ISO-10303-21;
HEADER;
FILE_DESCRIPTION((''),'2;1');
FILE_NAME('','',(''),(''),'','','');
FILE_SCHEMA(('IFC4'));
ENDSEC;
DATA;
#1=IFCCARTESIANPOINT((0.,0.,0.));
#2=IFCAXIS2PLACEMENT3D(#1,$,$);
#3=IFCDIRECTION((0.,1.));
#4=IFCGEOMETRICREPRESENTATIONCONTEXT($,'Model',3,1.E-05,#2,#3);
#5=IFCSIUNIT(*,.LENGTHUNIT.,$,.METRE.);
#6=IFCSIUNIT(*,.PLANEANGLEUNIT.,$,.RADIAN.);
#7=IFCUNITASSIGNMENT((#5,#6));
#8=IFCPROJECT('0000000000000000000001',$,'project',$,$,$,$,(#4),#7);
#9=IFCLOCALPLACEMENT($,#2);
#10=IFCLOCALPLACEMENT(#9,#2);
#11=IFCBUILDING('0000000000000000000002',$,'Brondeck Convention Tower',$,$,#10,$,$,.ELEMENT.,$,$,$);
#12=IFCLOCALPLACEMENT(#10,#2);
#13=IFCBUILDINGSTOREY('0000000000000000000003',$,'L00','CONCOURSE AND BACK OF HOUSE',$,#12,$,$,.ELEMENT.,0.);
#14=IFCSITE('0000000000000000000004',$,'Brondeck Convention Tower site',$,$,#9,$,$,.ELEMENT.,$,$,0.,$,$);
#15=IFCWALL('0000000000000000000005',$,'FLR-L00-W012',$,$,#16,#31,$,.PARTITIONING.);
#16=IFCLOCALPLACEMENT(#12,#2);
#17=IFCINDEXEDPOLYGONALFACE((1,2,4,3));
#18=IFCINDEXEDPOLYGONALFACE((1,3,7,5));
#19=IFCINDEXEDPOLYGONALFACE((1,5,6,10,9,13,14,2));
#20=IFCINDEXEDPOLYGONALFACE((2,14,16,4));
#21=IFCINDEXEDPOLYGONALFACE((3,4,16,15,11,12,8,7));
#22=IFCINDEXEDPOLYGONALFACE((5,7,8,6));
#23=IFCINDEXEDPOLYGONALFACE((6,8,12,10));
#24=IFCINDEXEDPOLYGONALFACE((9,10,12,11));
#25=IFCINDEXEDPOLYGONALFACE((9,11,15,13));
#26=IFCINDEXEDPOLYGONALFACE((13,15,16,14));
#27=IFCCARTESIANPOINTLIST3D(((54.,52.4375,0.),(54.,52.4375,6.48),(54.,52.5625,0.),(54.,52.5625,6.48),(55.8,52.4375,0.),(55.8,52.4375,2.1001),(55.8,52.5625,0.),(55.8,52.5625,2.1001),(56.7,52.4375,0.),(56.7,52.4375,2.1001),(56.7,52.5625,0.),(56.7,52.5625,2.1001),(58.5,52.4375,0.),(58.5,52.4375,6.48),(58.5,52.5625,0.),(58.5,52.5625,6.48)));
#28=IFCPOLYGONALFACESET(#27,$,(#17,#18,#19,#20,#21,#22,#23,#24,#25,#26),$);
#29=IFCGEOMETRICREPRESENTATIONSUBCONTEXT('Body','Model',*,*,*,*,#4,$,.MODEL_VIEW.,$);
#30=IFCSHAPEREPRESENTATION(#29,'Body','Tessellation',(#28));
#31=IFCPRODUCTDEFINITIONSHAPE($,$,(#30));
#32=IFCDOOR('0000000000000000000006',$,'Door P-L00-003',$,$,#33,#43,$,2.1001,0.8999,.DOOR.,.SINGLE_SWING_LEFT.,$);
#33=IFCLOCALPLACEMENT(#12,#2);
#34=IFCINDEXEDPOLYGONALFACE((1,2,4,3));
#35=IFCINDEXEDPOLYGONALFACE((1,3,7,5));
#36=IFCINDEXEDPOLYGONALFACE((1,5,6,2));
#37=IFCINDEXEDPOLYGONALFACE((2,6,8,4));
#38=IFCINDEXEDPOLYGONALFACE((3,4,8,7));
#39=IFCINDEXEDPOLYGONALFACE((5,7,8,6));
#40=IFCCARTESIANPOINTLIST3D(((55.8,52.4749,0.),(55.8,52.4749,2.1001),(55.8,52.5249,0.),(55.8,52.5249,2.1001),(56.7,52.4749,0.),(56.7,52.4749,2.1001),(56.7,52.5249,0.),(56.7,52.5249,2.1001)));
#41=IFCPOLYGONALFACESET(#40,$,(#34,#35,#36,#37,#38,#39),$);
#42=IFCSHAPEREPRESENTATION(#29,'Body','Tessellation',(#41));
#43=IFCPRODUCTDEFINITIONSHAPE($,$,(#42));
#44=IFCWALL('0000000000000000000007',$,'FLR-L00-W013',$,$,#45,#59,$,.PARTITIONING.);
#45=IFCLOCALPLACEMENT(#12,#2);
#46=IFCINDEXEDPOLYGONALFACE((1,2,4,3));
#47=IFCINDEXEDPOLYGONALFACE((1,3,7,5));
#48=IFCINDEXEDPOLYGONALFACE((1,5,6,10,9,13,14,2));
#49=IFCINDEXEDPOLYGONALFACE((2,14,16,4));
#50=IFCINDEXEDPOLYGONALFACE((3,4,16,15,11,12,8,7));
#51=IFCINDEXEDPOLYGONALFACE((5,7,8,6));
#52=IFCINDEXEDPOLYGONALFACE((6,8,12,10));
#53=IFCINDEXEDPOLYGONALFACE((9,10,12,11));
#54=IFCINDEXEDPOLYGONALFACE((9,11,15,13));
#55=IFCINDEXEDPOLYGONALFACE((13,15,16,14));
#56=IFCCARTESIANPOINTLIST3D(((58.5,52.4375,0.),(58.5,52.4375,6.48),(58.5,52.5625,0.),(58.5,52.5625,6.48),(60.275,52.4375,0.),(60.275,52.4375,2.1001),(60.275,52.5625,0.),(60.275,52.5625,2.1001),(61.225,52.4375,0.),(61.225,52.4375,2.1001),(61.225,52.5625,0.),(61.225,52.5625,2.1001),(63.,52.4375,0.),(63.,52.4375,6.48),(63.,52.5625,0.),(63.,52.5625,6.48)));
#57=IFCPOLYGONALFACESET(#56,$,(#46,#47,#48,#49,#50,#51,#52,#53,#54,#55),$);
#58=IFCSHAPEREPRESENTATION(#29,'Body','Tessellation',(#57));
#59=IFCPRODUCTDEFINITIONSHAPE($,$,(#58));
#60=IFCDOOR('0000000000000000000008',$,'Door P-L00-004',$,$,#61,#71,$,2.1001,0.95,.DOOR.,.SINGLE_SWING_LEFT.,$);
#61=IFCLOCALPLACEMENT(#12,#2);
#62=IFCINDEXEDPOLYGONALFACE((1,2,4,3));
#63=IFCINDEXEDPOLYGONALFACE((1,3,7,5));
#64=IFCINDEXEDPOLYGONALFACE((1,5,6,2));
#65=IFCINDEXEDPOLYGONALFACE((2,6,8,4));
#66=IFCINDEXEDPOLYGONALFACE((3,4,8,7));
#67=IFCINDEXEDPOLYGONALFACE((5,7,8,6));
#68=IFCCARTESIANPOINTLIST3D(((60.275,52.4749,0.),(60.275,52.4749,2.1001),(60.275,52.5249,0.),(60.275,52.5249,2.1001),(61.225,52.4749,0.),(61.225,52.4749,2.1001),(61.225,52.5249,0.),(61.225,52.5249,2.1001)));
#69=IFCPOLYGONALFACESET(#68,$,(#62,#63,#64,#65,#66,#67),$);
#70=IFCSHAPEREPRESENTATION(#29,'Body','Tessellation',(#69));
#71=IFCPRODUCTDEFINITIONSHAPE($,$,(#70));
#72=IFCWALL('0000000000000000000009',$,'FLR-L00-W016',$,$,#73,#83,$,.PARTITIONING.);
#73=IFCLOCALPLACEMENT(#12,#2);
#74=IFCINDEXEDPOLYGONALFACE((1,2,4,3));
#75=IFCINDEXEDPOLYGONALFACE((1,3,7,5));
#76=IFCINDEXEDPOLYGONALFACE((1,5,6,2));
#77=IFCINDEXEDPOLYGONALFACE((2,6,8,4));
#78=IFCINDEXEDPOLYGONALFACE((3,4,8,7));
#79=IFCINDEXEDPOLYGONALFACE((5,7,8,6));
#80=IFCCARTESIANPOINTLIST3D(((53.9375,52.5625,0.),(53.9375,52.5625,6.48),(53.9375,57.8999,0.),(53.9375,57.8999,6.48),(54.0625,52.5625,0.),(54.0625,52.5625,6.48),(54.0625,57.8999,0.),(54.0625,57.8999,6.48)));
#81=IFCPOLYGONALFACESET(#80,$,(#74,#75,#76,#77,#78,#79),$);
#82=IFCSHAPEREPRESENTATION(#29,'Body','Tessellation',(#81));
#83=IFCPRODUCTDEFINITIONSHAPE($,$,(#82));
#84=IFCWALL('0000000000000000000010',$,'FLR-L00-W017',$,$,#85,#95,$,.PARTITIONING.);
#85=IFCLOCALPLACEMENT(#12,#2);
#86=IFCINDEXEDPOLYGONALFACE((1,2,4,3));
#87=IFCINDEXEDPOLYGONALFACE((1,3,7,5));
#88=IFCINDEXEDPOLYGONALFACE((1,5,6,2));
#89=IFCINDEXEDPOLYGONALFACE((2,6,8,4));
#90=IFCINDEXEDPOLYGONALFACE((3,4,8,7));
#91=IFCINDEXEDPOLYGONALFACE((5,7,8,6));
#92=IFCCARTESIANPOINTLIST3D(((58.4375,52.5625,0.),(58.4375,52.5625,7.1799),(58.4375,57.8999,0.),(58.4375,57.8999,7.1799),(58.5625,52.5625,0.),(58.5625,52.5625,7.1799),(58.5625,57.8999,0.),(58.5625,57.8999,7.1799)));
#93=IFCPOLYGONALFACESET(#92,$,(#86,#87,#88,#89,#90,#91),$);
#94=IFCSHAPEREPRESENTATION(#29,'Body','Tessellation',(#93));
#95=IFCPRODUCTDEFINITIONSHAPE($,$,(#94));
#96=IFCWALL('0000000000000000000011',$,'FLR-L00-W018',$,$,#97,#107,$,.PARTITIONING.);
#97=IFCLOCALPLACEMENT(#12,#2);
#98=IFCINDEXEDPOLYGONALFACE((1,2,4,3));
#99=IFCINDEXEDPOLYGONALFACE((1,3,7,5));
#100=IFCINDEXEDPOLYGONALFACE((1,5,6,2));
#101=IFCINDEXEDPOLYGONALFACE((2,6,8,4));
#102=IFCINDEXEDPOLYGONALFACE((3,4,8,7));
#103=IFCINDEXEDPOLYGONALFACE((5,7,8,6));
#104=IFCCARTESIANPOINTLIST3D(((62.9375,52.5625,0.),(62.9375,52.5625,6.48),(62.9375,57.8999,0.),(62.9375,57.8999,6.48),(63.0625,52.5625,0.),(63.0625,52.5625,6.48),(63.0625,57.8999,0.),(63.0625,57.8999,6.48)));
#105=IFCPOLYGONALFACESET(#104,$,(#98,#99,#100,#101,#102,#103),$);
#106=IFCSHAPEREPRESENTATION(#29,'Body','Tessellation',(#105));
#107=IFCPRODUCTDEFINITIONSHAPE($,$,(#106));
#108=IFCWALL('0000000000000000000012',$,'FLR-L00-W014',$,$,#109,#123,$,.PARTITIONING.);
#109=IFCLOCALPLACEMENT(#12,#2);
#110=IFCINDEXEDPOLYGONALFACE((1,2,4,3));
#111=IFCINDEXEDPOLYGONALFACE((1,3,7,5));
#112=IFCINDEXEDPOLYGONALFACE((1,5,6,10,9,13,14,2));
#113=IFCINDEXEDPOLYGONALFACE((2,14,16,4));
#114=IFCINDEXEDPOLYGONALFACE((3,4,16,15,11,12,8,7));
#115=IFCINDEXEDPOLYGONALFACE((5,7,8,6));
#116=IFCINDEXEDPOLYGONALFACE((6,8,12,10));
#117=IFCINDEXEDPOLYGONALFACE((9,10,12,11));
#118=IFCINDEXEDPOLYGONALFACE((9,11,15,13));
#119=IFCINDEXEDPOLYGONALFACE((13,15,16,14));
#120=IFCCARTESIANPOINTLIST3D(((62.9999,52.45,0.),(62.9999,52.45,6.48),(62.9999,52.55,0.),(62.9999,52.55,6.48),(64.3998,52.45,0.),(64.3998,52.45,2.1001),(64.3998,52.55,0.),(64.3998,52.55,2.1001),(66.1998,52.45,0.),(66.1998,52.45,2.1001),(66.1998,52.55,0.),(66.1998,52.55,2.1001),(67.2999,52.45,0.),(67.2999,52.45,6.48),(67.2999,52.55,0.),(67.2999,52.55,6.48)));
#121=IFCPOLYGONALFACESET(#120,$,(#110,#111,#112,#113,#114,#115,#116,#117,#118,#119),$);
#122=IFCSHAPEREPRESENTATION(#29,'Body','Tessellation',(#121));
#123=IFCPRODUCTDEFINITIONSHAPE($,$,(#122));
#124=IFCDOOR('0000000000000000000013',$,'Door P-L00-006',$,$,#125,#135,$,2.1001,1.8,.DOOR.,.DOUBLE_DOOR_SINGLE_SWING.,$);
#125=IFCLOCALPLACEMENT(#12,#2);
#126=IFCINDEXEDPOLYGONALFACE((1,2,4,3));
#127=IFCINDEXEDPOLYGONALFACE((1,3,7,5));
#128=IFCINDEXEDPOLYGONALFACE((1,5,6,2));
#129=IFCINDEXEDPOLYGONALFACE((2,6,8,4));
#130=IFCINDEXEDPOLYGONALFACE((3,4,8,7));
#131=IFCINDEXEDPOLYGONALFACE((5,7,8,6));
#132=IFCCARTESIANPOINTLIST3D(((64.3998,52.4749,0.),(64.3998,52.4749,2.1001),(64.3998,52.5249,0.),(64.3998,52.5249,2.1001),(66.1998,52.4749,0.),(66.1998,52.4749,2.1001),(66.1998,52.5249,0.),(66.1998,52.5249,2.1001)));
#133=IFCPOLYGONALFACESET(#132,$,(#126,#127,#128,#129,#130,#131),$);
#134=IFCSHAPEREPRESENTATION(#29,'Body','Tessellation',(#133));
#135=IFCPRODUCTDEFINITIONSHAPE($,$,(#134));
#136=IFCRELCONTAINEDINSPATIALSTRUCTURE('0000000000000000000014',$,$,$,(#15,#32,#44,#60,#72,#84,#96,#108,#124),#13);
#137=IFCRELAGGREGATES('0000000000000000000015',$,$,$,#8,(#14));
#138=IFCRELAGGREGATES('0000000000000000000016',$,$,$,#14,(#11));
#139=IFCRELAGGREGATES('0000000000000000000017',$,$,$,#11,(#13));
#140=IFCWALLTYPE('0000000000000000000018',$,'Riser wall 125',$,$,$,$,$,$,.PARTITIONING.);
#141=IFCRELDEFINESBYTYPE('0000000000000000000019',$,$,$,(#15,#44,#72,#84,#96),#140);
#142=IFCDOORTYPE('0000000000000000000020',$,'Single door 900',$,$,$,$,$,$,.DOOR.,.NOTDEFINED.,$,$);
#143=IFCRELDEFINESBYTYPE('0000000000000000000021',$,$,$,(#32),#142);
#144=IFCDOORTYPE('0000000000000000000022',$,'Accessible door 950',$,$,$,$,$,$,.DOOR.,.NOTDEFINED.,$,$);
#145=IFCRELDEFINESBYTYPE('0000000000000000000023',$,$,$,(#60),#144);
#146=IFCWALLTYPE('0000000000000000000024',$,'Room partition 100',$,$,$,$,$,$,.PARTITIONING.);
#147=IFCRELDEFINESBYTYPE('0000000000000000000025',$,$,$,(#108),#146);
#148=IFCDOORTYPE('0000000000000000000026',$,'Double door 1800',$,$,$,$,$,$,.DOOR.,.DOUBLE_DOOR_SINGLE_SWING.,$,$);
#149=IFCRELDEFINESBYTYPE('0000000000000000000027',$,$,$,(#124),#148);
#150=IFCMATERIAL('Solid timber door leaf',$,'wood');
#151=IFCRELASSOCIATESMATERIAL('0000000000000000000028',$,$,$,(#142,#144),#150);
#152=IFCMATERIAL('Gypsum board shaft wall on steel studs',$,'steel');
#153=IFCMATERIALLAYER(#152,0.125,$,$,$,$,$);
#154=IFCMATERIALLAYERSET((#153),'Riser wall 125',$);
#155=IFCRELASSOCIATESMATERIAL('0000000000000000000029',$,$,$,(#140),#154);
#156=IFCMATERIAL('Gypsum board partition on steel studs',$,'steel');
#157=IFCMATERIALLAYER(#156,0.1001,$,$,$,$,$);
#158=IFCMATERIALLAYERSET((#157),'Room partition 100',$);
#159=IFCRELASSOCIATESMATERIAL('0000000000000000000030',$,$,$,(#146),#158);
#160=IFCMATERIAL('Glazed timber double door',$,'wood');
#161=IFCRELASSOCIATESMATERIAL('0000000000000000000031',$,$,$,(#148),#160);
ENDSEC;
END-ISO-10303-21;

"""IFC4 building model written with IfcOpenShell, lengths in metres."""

from ifc_helpers import new_model, si_unit, direction, frame, frame_2d, origin, place, context, subcontext, project, spatial, rectangle, extrude, material, layer, layer_set, type_object, element, fill, save


model = new_model("IFC4")

# Units and contexts
model_context = context("Model", 3, precision=1e-05, world=origin(), true_north=direction((0.0, 1.0)))
body_context = subcontext(model_context, "Body", "Model", "MODEL_VIEW")
ifc_project = project(units=[si_unit("LENGTHUNIT", "METRE"), si_unit("PLANEANGLEUNIT", "RADIAN")], contexts=[model_context])

# Site, building, storey
site_placement = place(None, origin())
site = spatial("IfcSite", under=ifc_project, at=site_placement, Name="Brondeck Convention Tower site", CompositionType="ELEMENT", RefElevation=0.0)
building_placement = place(site_placement, origin())
building = spatial("IfcBuilding", under=site, at=building_placement, Name="Brondeck Convention Tower", CompositionType="ELEMENT")
storey_placement = place(building_placement, origin())
storey = spatial("IfcBuildingStorey", under=building, at=storey_placement, Name="L00", Description="CONCOURSE AND BACK OF HOUSE", CompositionType="ELEMENT", Elevation=0.0)

# Walls, openings, doors
ifc_material_1 = material(Name="Solid timber door leaf", Category="wood")
door_type_1 = type_object("IfcDoorType", Name="Single door 900", OperationType="NOTDEFINED", PredefinedType="DOOR", material=ifc_material_1)
ifc_material_2 = material(Name="Gypsum board shaft wall on steel studs", Category="steel")
ifc_layer_1 = layer(ifc_material_2, 0.125)
ifc_layer_set_1 = layer_set([ifc_layer_1], Name="Riser wall 125")
wall_type_1 = type_object("IfcWallType", Name="Riser wall 125", PredefinedType="PARTITIONING", material=ifc_layer_set_1)
wall_1_placement = place(storey_placement, frame((54.0, 52.5, 0.0), z_axis=(0.0, 0.0, 1.0), x_axis=(1.0, 0.0, 0.0)))
wall_1 = element("IfcWall", 1, at=wall_1_placement, inside=storey, type_object=wall_type_1, Name="FLR-L00-W012", PredefinedType="PARTITIONING", context=body_context, shape_type="SweptSolid", body=[
    extrude(rectangle(XDim=4.5, YDim=0.125, at=frame_2d((2.25, 0.0))), origin(), (0.0, 0.0, 1.0), 6.48),
])
opening_1_placement = place(wall_1_placement, frame((1.8, 0.0, 0.0)))
opening_1 = element("IfcOpeningElement", 2, at=opening_1_placement, cuts=wall_1, PredefinedType="OPENING", context=body_context, shape_type="SweptSolid", body=[
    extrude(rectangle(XDim=0.8999, YDim=2.1001, at=frame_2d((0.45, 1.05))), frame((0.0, 0.0725, 0.0), z_axis=(0.0, -1.0, 0.0), x_axis=(1.0, 0.0, 0.0)), (0.0, 0.0, 1.0), 0.145),
])
door_1_placement = place(opening_1_placement, origin())
door_1 = element("IfcDoor", 3, at=door_1_placement, inside=storey, type_object=door_type_1, Name="Door P-L00-003", OperationType="SINGLE_SWING_LEFT", OverallHeight=2.1001, OverallWidth=0.8999, PredefinedType="DOOR", context=body_context, shape_type="SweptSolid", body=[
    extrude(rectangle(XDim=0.8999, YDim=2.1001, at=frame_2d((0.45, 1.05))), frame((0.0, 0.0249, 0.0), z_axis=(0.0, -1.0, 0.0), x_axis=(1.0, 0.0, 0.0)), (0.0, 0.0, 1.0), 0.05),
])
fill(opening_1, door_1)
wall_2_placement = place(storey_placement, frame((58.5, 52.5, 0.0), z_axis=(0.0, 0.0, 1.0), x_axis=(1.0, 0.0, 0.0)))
wall_2 = element("IfcWall", 4, at=wall_2_placement, inside=storey, type_object=wall_type_1, Name="FLR-L00-W013", PredefinedType="PARTITIONING", context=body_context, shape_type="SweptSolid", body=[
    extrude(rectangle(XDim=4.5, YDim=0.125, at=frame_2d((2.25, 0.0))), origin(), (0.0, 0.0, 1.0), 6.48),
])
opening_2_placement = place(wall_2_placement, frame((1.7749, 0.0, 0.0)))
opening_2 = element("IfcOpeningElement", 5, at=opening_2_placement, cuts=wall_2, PredefinedType="OPENING", context=body_context, shape_type="SweptSolid", body=[
    extrude(rectangle(XDim=0.95, YDim=2.1001, at=frame_2d((0.4751, 1.05))), frame((0.0, 0.0725, 0.0), z_axis=(0.0, -1.0, 0.0), x_axis=(1.0, 0.0, 0.0)), (0.0, 0.0, 1.0), 0.145),
])
door_type_2 = type_object("IfcDoorType", Name="Accessible door 950", OperationType="NOTDEFINED", PredefinedType="DOOR", material=ifc_material_1)
door_2_placement = place(opening_2_placement, origin())
door_2 = element("IfcDoor", 6, at=door_2_placement, inside=storey, type_object=door_type_2, Name="Door P-L00-004", OperationType="SINGLE_SWING_LEFT", OverallHeight=2.1001, OverallWidth=0.95, PredefinedType="DOOR", context=body_context, shape_type="SweptSolid", body=[
    extrude(rectangle(XDim=0.95, YDim=2.1001, at=frame_2d((0.4751, 1.05))), frame((0.0, 0.0249, 0.0), z_axis=(0.0, -1.0, 0.0), x_axis=(1.0, 0.0, 0.0)), (0.0, 0.0, 1.0), 0.05),
])
fill(opening_2, door_2)

# Walls
wall_3_placement = place(storey_placement, frame((54.0, 57.8999, 0.0), z_axis=(0.0, 0.0, 1.0), x_axis=(0.0, -1.0, 0.0)))
element("IfcWall", 7, at=wall_3_placement, inside=storey, type_object=wall_type_1, Name="FLR-L00-W016", PredefinedType="PARTITIONING", context=body_context, shape_type="SweptSolid", body=[
    extrude(rectangle(XDim=5.3374, YDim=0.125, at=frame_2d((2.6687, 0.0))), origin(), (0.0, 0.0, 1.0), 6.48),
])
wall_4_placement = place(storey_placement, frame((58.5, 57.8999, 0.0), z_axis=(0.0, 0.0, 1.0), x_axis=(0.0, -1.0, 0.0)))
element("IfcWall", 8, at=wall_4_placement, inside=storey, type_object=wall_type_1, Name="FLR-L00-W017", PredefinedType="PARTITIONING", context=body_context, shape_type="SweptSolid", body=[
    extrude(rectangle(XDim=5.3374, YDim=0.125, at=frame_2d((2.6687, 0.0))), origin(), (0.0, 0.0, 1.0), 7.1799),
])
wall_5_placement = place(storey_placement, frame((63.0, 57.8999, 0.0), z_axis=(0.0, 0.0, 1.0), x_axis=(0.0, -1.0, 0.0)))
element("IfcWall", 9, at=wall_5_placement, inside=storey, type_object=wall_type_1, Name="FLR-L00-W018", PredefinedType="PARTITIONING", context=body_context, shape_type="SweptSolid", body=[
    extrude(rectangle(XDim=5.3374, YDim=0.125, at=frame_2d((2.6687, 0.0))), origin(), (0.0, 0.0, 1.0), 6.48),
])

# Wall, opening, door
ifc_material_3 = material(Name="Gypsum board partition on steel studs", Category="steel")
ifc_layer_2 = layer(ifc_material_3, 0.1001)
ifc_layer_set_2 = layer_set([ifc_layer_2], Name="Room partition 100")
wall_type_2 = type_object("IfcWallType", Name="Room partition 100", PredefinedType="PARTITIONING", material=ifc_layer_set_2)
wall_6_placement = place(storey_placement, frame((63.0, 52.5, 0.0), z_axis=(0.0, 0.0, 1.0), x_axis=(1.0, 0.0, 0.0)))
wall_6 = element("IfcWall", 10, at=wall_6_placement, inside=storey, type_object=wall_type_2, Name="FLR-L00-W014", PredefinedType="PARTITIONING", context=body_context, shape_type="SweptSolid", body=[
    extrude(rectangle(XDim=4.3, YDim=0.1001, at=frame_2d((2.1499, 0.0))), origin(), (0.0, 0.0, 1.0), 6.48),
])
opening_3_placement = place(wall_6_placement, frame((1.3999, 0.0, 0.0)))
opening_3 = element("IfcOpeningElement", 11, at=opening_3_placement, cuts=wall_6, PredefinedType="OPENING", context=body_context, shape_type="SweptSolid", body=[
    extrude(rectangle(XDim=1.8, YDim=2.1001, at=frame_2d((0.8999, 1.05))), frame((0.0, 0.0601, 0.0), z_axis=(0.0, -1.0, 0.0), x_axis=(1.0, 0.0, 0.0)), (0.0, 0.0, 1.0), 0.1201),
])
ifc_material_4 = material(Name="Glazed timber double door", Category="wood")
door_type_3 = type_object("IfcDoorType", Name="Double door 1800", OperationType="DOUBLE_DOOR_SINGLE_SWING", PredefinedType="DOOR", material=ifc_material_4)
door_3_placement = place(opening_3_placement, origin())
door_3 = element("IfcDoor", 12, at=door_3_placement, inside=storey, type_object=door_type_3, Name="Door P-L00-006", OperationType="DOUBLE_DOOR_SINGLE_SWING", OverallHeight=2.1001, OverallWidth=1.8, PredefinedType="DOOR", context=body_context, shape_type="SweptSolid", body=[
    extrude(rectangle(XDim=1.8, YDim=2.1001, at=frame_2d((0.8999, 1.05))), frame((0.0, 0.0249, 0.0), z_axis=(0.0, -1.0, 0.0), x_axis=(1.0, 0.0, 0.0)), (0.0, 0.0, 1.0), 0.05),
])
fill(opening_3, door_3)

save(model, "model.ifc")
